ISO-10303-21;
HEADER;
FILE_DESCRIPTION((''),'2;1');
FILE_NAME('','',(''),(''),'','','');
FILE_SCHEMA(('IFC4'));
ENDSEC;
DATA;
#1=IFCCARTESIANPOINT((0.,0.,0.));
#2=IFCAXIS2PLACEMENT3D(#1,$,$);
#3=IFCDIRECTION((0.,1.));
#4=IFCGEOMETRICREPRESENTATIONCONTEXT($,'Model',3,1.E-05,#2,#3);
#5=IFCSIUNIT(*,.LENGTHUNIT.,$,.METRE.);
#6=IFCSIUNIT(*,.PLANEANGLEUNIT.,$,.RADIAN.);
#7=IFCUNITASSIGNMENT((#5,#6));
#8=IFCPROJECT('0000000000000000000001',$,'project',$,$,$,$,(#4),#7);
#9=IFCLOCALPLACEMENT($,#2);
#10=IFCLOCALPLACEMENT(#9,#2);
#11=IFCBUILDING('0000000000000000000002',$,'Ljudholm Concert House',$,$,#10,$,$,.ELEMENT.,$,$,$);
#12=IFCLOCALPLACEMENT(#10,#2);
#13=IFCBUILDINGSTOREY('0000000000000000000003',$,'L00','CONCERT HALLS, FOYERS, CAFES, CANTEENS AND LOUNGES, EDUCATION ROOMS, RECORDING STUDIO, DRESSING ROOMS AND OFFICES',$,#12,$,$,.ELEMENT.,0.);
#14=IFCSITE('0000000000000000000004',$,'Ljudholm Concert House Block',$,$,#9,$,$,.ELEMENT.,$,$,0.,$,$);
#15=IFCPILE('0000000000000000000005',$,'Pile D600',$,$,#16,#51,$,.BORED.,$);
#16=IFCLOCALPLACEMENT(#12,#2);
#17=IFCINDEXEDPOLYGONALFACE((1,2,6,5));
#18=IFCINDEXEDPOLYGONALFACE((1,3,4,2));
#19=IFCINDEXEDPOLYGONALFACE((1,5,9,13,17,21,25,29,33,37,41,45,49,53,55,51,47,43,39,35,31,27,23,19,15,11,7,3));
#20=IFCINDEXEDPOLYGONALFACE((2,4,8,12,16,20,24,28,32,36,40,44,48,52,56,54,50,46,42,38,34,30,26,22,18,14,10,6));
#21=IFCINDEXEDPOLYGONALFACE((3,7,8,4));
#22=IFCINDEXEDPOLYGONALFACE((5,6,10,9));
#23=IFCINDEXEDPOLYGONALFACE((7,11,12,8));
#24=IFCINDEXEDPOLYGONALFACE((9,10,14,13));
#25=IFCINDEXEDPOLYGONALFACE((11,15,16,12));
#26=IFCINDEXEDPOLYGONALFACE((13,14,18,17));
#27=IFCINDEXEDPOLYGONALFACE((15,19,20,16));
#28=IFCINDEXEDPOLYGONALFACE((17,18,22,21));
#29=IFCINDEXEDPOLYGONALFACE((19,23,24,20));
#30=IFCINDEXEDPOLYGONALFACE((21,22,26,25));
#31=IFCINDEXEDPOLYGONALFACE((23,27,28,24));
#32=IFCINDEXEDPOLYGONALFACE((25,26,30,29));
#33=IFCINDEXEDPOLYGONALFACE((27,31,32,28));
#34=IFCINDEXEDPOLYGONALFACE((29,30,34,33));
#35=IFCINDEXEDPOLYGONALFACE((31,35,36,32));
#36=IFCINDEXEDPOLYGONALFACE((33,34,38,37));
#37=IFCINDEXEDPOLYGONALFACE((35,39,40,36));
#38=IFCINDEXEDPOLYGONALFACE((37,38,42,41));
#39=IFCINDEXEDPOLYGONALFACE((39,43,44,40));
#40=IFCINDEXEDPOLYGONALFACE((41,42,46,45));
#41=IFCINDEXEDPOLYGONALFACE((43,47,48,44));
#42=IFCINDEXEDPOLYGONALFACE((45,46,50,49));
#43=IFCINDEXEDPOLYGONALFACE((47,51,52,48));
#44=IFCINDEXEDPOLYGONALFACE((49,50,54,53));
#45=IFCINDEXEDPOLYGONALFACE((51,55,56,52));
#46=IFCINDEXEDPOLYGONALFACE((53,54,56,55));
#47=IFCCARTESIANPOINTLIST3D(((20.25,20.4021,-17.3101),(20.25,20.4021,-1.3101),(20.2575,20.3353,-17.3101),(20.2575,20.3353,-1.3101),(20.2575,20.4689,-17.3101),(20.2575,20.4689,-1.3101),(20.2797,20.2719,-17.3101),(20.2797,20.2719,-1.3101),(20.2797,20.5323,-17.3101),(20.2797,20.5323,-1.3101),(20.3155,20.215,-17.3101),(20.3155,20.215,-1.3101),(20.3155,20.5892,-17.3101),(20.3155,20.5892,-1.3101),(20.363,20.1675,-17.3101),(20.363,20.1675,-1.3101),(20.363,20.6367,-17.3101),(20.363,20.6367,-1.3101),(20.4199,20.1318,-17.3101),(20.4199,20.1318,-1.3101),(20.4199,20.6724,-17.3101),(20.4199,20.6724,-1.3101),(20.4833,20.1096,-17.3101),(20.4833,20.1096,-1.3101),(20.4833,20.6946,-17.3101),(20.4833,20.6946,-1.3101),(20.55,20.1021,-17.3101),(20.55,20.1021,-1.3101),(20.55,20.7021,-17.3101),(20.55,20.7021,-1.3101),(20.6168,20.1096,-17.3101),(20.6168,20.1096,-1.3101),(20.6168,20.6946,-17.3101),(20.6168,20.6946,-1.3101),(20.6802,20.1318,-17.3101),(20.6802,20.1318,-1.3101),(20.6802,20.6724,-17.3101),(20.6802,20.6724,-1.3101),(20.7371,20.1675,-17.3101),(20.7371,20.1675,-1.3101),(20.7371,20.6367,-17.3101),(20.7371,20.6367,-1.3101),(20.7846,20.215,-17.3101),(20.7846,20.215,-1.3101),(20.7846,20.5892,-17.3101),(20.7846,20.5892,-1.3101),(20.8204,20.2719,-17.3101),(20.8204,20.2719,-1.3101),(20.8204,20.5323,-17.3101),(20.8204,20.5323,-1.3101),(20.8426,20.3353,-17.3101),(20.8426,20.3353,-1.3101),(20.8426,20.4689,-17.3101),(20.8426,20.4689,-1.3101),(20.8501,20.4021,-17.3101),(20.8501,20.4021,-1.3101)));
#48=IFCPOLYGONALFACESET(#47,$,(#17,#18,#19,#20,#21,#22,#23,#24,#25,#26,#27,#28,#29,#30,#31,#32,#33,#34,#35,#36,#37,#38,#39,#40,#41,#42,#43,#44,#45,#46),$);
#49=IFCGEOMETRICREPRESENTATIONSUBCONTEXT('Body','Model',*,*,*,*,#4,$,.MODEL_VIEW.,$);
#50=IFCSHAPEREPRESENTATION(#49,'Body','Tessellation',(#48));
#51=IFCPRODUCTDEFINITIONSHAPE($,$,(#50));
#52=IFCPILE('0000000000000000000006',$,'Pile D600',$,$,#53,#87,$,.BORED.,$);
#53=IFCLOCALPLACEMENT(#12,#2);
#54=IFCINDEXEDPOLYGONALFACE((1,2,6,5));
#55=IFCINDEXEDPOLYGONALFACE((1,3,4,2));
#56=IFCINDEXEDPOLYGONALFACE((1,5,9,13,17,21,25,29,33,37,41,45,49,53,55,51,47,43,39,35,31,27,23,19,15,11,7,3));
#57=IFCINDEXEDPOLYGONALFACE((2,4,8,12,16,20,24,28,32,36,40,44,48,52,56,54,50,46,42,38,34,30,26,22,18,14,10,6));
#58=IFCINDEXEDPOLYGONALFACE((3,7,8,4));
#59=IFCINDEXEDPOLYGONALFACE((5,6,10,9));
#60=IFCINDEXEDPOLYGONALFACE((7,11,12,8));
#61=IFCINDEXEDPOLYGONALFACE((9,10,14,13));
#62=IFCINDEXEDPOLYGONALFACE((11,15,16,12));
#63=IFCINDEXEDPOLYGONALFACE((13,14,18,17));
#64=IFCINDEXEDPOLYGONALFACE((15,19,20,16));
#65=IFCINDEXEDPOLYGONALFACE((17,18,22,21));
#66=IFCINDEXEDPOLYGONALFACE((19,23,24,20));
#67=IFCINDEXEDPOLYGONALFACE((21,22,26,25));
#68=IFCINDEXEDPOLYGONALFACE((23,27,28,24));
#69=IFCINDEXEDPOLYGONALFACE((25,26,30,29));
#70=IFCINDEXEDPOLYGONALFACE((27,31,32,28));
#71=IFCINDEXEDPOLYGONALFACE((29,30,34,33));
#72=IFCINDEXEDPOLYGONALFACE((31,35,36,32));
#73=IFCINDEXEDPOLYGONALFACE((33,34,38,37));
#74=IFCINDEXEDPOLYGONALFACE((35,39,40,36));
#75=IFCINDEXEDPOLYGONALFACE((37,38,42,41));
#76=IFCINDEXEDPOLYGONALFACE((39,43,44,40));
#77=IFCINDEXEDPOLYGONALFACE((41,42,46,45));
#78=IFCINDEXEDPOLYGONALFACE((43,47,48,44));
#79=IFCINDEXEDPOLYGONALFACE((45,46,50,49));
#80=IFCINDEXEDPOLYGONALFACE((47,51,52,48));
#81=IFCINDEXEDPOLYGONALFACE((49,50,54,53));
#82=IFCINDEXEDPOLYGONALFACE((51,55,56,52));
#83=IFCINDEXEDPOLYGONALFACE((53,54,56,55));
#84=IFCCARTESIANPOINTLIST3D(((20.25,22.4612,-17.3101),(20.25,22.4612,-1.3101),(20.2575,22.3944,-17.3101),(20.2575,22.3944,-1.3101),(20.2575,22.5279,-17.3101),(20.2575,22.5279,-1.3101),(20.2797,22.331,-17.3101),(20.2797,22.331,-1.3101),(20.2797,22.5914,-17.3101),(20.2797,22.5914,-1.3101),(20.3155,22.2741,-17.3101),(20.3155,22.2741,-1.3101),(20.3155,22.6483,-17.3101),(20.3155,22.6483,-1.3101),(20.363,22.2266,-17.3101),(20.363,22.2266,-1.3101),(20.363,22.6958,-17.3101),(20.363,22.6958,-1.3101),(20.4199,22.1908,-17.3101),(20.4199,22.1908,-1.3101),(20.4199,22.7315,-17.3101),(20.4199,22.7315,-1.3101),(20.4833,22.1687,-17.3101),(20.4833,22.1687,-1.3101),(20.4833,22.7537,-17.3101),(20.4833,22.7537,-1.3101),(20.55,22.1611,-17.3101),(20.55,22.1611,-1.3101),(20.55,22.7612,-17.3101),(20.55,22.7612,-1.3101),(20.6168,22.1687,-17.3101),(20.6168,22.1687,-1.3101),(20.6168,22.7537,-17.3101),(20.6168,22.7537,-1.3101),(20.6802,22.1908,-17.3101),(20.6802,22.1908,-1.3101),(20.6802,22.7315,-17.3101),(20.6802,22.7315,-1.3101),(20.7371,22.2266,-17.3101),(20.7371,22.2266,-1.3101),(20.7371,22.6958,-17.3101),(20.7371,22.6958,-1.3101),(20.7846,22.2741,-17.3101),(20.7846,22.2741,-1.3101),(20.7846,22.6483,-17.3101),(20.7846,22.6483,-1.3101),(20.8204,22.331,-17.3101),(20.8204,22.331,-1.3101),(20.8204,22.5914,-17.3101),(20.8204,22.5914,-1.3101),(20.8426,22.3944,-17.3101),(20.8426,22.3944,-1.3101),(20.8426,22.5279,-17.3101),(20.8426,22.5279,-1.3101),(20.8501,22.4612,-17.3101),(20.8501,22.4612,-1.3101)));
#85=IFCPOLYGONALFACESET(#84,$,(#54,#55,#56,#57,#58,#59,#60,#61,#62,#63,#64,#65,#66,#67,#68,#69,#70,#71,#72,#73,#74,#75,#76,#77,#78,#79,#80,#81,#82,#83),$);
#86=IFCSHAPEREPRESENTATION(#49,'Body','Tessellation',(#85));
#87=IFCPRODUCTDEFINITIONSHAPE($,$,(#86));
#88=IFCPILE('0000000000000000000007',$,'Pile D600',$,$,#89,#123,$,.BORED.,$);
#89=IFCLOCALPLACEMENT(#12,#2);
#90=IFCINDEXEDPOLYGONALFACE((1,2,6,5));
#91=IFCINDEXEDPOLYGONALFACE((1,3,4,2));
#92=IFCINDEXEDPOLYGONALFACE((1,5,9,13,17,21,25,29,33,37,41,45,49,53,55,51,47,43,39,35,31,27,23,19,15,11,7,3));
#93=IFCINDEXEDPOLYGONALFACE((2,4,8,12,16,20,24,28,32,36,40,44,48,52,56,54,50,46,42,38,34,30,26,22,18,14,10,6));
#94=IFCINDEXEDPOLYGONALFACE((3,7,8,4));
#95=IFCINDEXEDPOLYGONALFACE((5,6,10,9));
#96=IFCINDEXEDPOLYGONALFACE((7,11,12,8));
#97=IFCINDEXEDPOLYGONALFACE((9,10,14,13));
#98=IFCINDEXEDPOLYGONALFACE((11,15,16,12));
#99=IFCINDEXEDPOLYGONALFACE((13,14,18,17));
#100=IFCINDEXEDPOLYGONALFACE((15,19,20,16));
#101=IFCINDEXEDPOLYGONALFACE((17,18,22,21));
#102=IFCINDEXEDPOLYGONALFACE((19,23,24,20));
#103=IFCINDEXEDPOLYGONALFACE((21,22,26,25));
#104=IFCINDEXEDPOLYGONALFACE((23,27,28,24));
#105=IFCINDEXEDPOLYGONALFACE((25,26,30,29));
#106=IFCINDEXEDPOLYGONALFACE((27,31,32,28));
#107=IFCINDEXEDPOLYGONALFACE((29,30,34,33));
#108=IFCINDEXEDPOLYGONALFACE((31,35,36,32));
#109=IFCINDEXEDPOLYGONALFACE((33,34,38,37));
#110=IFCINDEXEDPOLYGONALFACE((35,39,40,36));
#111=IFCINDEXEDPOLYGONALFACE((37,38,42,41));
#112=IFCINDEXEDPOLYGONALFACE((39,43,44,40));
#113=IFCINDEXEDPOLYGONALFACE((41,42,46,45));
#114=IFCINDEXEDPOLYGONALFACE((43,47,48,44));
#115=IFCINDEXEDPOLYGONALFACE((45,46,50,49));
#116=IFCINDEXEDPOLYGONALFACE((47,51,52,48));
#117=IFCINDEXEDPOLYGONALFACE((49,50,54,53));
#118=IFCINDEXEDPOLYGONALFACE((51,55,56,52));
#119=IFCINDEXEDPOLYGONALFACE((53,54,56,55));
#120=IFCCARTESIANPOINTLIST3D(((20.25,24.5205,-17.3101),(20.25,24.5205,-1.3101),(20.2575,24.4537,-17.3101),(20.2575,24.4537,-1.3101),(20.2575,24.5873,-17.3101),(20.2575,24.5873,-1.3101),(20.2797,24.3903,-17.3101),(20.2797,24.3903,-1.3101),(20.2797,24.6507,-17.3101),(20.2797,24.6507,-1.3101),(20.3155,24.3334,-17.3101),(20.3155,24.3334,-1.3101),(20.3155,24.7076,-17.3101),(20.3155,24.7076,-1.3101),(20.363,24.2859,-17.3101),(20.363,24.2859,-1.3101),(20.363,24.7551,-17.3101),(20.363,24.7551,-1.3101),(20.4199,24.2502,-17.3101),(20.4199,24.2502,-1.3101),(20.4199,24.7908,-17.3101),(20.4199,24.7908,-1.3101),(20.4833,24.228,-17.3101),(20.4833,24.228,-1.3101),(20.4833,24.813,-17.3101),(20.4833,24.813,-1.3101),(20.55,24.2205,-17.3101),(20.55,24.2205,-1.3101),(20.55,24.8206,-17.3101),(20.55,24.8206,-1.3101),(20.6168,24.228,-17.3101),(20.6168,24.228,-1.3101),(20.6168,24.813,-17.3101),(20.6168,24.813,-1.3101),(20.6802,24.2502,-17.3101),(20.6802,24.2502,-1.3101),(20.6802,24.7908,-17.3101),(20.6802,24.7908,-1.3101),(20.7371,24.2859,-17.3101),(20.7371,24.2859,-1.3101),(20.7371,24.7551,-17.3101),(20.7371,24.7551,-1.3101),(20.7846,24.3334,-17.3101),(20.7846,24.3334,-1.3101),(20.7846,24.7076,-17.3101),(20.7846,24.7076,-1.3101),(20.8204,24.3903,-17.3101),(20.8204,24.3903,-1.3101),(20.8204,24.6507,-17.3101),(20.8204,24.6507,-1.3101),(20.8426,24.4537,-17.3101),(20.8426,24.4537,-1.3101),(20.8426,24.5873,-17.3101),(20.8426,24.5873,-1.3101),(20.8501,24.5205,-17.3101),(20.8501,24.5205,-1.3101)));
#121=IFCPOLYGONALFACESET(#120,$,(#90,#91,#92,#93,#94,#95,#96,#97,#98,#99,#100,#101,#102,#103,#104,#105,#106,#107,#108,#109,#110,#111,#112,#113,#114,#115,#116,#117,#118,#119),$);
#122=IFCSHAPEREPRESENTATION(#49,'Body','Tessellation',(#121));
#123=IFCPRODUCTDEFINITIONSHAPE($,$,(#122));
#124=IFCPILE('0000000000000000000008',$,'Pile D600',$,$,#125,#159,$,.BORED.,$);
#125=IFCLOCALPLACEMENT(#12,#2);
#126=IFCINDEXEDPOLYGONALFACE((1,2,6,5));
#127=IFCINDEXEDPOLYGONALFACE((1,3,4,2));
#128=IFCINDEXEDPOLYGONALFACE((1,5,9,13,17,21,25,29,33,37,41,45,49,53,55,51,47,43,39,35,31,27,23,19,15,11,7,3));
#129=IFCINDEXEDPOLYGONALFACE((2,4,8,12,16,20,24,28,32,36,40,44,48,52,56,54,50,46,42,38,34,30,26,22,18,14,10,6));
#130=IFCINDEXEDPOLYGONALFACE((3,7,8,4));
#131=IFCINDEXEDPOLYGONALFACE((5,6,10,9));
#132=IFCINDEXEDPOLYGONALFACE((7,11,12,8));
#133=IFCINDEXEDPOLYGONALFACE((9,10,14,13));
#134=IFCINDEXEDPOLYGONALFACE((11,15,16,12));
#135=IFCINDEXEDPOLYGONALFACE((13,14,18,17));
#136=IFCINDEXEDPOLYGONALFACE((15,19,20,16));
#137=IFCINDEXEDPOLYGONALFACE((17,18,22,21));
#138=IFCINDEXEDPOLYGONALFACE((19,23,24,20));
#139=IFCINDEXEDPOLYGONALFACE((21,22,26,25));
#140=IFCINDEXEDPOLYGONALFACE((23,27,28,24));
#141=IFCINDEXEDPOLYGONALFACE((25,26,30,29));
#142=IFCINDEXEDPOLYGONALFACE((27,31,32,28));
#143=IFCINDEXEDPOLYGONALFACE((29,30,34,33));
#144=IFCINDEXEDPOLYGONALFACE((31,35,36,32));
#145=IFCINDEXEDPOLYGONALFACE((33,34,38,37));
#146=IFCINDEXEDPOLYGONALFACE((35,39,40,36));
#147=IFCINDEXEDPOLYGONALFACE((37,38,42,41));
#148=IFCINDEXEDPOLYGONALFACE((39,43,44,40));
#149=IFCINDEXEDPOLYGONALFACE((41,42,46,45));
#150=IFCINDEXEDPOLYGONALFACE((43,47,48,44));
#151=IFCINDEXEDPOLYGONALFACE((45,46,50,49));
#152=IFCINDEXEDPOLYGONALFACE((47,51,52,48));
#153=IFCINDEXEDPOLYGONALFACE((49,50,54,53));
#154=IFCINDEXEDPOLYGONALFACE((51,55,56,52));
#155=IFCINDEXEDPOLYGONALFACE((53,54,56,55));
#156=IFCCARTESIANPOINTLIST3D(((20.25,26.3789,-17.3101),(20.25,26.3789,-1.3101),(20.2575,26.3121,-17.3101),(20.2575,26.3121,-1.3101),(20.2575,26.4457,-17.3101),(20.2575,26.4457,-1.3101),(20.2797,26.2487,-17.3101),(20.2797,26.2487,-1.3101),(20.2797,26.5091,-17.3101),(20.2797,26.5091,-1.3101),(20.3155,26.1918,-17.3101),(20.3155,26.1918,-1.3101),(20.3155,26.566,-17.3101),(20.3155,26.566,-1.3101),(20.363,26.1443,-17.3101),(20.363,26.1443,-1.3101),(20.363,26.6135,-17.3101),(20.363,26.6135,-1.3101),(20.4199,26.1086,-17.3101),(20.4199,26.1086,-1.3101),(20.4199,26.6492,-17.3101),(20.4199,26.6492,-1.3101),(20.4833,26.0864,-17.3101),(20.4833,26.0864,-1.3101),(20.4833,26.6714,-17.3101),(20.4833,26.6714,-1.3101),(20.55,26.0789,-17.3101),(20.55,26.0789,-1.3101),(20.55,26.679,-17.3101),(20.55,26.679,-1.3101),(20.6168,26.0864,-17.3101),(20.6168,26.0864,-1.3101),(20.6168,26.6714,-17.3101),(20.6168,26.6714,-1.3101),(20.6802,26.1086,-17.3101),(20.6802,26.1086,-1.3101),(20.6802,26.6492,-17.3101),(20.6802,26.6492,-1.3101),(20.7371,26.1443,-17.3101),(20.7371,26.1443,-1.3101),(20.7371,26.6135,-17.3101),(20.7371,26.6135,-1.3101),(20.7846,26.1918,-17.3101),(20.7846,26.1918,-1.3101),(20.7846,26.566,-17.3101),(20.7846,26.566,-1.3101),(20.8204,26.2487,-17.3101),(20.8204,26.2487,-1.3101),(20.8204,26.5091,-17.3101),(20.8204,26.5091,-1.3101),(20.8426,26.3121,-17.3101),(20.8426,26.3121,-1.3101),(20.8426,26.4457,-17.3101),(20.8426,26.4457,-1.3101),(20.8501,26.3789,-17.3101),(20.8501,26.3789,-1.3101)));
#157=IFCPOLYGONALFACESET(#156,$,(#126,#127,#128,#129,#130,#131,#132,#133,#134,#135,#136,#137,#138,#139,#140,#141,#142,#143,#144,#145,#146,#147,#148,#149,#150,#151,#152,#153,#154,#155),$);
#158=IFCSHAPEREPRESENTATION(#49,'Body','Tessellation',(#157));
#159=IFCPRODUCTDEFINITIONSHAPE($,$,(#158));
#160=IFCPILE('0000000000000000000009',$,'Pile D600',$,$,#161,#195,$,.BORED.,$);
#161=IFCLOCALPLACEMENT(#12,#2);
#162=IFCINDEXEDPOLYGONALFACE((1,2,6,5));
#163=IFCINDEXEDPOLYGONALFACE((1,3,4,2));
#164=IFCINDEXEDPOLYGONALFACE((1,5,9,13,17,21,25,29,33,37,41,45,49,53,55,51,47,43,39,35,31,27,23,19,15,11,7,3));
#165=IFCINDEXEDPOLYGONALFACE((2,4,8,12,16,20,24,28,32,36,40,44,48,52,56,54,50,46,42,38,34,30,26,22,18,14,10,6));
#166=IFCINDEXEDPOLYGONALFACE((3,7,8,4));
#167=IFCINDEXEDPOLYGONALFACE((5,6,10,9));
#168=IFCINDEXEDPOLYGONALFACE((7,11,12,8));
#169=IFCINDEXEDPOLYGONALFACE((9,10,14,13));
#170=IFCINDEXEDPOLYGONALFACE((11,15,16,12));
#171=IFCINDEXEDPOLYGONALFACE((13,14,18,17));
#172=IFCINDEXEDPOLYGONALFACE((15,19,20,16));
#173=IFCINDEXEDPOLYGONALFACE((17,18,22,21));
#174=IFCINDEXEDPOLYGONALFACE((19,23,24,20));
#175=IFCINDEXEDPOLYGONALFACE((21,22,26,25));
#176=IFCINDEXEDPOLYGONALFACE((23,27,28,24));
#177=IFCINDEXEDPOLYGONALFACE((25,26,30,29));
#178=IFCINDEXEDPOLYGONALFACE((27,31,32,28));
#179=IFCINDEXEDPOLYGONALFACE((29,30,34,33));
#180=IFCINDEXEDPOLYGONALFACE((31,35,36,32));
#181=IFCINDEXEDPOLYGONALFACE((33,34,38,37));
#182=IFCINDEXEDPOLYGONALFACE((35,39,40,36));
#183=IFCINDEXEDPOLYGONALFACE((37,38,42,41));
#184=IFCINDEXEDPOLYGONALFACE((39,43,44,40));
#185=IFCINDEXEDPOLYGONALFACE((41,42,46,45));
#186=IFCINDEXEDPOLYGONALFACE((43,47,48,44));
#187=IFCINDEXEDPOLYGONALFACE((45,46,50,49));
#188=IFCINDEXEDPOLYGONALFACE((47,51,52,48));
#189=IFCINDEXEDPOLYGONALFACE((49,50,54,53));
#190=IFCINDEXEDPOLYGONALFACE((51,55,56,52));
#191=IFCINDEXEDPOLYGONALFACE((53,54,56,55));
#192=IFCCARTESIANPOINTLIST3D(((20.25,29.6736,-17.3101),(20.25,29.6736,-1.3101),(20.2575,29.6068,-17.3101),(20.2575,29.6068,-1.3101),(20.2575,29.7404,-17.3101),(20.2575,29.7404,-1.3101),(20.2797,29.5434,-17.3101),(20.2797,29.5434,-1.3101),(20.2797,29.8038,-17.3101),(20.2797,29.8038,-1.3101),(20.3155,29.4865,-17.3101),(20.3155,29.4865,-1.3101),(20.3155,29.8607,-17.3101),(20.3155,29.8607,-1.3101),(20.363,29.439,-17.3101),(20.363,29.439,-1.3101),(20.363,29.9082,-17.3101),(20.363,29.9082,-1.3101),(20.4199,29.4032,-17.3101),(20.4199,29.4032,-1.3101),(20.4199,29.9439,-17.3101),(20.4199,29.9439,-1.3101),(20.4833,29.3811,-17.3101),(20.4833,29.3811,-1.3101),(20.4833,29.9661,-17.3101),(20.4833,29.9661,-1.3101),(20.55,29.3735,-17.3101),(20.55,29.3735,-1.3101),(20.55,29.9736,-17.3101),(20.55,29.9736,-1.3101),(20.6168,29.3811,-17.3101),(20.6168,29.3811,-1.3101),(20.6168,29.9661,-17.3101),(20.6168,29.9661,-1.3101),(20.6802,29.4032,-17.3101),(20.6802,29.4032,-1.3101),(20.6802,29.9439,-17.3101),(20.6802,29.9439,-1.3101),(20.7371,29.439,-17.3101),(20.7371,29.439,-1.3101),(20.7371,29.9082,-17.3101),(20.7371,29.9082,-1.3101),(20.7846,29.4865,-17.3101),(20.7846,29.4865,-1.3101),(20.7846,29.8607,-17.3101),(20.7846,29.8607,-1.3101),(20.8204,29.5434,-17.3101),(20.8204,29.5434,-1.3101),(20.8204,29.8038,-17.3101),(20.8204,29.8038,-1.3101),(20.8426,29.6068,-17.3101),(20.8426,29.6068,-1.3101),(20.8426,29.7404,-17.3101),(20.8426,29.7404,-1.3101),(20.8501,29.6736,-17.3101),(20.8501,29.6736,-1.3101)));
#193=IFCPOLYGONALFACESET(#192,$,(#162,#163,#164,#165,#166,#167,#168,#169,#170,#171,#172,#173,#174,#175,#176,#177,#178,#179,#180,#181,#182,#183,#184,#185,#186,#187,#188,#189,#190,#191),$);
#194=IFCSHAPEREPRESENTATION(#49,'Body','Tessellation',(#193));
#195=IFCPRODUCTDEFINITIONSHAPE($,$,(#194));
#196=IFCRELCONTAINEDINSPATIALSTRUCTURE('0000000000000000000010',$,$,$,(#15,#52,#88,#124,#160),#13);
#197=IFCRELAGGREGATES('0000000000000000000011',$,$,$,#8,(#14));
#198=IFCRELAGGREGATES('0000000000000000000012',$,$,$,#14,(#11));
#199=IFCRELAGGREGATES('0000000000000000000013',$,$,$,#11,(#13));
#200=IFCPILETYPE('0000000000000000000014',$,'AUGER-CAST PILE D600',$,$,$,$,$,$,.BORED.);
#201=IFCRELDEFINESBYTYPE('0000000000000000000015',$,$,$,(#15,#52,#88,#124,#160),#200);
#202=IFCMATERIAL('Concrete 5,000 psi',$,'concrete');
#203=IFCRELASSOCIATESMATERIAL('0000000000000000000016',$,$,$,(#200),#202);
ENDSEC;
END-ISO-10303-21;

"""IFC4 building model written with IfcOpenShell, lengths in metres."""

from ifc_helpers import new_model, si_unit, direction, frame, origin, origin_2d, place, context, subcontext, project, spatial, circle, extrude, material, material_profile, profile_set, type_object, element, save


model = new_model("IFC4")

# Units and contexts
model_context = context("Model", 3, precision=1e-05, world=origin(), true_north=direction((0.0, 1.0)))
body_context = subcontext(model_context, "Body", "Model", "MODEL_VIEW")
ifc_project = project(units=[si_unit("LENGTHUNIT", "METRE"), si_unit("PLANEANGLEUNIT", "RADIAN")], contexts=[model_context])

# Site, building, storey
site_placement = place(None, origin())
site = spatial("IfcSite", under=ifc_project, at=site_placement, Name="Ljudholm Concert House Block", CompositionType="ELEMENT", RefElevation=0.0)
building_placement = place(site_placement, origin())
building = spatial("IfcBuilding", under=site, at=building_placement, Name="Ljudholm Concert House", CompositionType="ELEMENT")
storey_placement = place(building_placement, origin())
storey = spatial("IfcBuildingStorey", under=building, at=storey_placement, Name="L00", Description="CONCERT HALLS, FOYERS, CAFES, CANTEENS AND LOUNGES, EDUCATION ROOMS, RECORDING STUDIO, DRESSING ROOMS AND OFFICES", CompositionType="ELEMENT", Elevation=0.0)

# Piles
ifc_material_1 = material(Name="Concrete 5,000 psi", Category="concrete")
ifc_material_profile_1 = material_profile(ifc_material_1, circle(Radius=0.3, at=origin_2d()), Name="AUGER-CAST PILE D600")
ifc_profile_set_1 = profile_set([ifc_material_profile_1], Name="Concrete 5,000 psi")
pile_type = type_object("IfcPileType", Name="AUGER-CAST PILE D600", PredefinedType="BORED", material=ifc_profile_set_1)
for number, where, z_axis, x_axis, name in (
    (1, (20.55, 20.4021, -1.3101), (0.0, 0.0, -1.0), (1.0, 0.0, 0.0), "Pile D600"),
    (2, (20.55, 22.4612, -1.3101), (0.0, 0.0, -1.0), (1.0, 0.0, 0.0), "Pile D600"),
    (3, (20.55, 24.5205, -1.3101), (0.0, 0.0, -1.0), (1.0, 0.0, 0.0), "Pile D600"),
    (4, (20.55, 26.3789, -1.3101), (0.0, 0.0, -1.0), (1.0, 0.0, 0.0), "Pile D600"),
    (5, (20.55, 29.6736, -1.3101), (0.0, 0.0, -1.0), (1.0, 0.0, 0.0), "Pile D600"),
):
    element("IfcPile", number, at=place(storey_placement, frame(where, z_axis=z_axis, x_axis=x_axis)), inside=storey, type_object=pile_type, Name=name, PredefinedType="BORED", context=body_context, shape_type="SweptSolid", body=[
        extrude(circle(Radius=0.3, at=origin_2d()), origin(), (0.0, 0.0, 1.0), 16.0),
    ])

save(model, "model.ifc")
